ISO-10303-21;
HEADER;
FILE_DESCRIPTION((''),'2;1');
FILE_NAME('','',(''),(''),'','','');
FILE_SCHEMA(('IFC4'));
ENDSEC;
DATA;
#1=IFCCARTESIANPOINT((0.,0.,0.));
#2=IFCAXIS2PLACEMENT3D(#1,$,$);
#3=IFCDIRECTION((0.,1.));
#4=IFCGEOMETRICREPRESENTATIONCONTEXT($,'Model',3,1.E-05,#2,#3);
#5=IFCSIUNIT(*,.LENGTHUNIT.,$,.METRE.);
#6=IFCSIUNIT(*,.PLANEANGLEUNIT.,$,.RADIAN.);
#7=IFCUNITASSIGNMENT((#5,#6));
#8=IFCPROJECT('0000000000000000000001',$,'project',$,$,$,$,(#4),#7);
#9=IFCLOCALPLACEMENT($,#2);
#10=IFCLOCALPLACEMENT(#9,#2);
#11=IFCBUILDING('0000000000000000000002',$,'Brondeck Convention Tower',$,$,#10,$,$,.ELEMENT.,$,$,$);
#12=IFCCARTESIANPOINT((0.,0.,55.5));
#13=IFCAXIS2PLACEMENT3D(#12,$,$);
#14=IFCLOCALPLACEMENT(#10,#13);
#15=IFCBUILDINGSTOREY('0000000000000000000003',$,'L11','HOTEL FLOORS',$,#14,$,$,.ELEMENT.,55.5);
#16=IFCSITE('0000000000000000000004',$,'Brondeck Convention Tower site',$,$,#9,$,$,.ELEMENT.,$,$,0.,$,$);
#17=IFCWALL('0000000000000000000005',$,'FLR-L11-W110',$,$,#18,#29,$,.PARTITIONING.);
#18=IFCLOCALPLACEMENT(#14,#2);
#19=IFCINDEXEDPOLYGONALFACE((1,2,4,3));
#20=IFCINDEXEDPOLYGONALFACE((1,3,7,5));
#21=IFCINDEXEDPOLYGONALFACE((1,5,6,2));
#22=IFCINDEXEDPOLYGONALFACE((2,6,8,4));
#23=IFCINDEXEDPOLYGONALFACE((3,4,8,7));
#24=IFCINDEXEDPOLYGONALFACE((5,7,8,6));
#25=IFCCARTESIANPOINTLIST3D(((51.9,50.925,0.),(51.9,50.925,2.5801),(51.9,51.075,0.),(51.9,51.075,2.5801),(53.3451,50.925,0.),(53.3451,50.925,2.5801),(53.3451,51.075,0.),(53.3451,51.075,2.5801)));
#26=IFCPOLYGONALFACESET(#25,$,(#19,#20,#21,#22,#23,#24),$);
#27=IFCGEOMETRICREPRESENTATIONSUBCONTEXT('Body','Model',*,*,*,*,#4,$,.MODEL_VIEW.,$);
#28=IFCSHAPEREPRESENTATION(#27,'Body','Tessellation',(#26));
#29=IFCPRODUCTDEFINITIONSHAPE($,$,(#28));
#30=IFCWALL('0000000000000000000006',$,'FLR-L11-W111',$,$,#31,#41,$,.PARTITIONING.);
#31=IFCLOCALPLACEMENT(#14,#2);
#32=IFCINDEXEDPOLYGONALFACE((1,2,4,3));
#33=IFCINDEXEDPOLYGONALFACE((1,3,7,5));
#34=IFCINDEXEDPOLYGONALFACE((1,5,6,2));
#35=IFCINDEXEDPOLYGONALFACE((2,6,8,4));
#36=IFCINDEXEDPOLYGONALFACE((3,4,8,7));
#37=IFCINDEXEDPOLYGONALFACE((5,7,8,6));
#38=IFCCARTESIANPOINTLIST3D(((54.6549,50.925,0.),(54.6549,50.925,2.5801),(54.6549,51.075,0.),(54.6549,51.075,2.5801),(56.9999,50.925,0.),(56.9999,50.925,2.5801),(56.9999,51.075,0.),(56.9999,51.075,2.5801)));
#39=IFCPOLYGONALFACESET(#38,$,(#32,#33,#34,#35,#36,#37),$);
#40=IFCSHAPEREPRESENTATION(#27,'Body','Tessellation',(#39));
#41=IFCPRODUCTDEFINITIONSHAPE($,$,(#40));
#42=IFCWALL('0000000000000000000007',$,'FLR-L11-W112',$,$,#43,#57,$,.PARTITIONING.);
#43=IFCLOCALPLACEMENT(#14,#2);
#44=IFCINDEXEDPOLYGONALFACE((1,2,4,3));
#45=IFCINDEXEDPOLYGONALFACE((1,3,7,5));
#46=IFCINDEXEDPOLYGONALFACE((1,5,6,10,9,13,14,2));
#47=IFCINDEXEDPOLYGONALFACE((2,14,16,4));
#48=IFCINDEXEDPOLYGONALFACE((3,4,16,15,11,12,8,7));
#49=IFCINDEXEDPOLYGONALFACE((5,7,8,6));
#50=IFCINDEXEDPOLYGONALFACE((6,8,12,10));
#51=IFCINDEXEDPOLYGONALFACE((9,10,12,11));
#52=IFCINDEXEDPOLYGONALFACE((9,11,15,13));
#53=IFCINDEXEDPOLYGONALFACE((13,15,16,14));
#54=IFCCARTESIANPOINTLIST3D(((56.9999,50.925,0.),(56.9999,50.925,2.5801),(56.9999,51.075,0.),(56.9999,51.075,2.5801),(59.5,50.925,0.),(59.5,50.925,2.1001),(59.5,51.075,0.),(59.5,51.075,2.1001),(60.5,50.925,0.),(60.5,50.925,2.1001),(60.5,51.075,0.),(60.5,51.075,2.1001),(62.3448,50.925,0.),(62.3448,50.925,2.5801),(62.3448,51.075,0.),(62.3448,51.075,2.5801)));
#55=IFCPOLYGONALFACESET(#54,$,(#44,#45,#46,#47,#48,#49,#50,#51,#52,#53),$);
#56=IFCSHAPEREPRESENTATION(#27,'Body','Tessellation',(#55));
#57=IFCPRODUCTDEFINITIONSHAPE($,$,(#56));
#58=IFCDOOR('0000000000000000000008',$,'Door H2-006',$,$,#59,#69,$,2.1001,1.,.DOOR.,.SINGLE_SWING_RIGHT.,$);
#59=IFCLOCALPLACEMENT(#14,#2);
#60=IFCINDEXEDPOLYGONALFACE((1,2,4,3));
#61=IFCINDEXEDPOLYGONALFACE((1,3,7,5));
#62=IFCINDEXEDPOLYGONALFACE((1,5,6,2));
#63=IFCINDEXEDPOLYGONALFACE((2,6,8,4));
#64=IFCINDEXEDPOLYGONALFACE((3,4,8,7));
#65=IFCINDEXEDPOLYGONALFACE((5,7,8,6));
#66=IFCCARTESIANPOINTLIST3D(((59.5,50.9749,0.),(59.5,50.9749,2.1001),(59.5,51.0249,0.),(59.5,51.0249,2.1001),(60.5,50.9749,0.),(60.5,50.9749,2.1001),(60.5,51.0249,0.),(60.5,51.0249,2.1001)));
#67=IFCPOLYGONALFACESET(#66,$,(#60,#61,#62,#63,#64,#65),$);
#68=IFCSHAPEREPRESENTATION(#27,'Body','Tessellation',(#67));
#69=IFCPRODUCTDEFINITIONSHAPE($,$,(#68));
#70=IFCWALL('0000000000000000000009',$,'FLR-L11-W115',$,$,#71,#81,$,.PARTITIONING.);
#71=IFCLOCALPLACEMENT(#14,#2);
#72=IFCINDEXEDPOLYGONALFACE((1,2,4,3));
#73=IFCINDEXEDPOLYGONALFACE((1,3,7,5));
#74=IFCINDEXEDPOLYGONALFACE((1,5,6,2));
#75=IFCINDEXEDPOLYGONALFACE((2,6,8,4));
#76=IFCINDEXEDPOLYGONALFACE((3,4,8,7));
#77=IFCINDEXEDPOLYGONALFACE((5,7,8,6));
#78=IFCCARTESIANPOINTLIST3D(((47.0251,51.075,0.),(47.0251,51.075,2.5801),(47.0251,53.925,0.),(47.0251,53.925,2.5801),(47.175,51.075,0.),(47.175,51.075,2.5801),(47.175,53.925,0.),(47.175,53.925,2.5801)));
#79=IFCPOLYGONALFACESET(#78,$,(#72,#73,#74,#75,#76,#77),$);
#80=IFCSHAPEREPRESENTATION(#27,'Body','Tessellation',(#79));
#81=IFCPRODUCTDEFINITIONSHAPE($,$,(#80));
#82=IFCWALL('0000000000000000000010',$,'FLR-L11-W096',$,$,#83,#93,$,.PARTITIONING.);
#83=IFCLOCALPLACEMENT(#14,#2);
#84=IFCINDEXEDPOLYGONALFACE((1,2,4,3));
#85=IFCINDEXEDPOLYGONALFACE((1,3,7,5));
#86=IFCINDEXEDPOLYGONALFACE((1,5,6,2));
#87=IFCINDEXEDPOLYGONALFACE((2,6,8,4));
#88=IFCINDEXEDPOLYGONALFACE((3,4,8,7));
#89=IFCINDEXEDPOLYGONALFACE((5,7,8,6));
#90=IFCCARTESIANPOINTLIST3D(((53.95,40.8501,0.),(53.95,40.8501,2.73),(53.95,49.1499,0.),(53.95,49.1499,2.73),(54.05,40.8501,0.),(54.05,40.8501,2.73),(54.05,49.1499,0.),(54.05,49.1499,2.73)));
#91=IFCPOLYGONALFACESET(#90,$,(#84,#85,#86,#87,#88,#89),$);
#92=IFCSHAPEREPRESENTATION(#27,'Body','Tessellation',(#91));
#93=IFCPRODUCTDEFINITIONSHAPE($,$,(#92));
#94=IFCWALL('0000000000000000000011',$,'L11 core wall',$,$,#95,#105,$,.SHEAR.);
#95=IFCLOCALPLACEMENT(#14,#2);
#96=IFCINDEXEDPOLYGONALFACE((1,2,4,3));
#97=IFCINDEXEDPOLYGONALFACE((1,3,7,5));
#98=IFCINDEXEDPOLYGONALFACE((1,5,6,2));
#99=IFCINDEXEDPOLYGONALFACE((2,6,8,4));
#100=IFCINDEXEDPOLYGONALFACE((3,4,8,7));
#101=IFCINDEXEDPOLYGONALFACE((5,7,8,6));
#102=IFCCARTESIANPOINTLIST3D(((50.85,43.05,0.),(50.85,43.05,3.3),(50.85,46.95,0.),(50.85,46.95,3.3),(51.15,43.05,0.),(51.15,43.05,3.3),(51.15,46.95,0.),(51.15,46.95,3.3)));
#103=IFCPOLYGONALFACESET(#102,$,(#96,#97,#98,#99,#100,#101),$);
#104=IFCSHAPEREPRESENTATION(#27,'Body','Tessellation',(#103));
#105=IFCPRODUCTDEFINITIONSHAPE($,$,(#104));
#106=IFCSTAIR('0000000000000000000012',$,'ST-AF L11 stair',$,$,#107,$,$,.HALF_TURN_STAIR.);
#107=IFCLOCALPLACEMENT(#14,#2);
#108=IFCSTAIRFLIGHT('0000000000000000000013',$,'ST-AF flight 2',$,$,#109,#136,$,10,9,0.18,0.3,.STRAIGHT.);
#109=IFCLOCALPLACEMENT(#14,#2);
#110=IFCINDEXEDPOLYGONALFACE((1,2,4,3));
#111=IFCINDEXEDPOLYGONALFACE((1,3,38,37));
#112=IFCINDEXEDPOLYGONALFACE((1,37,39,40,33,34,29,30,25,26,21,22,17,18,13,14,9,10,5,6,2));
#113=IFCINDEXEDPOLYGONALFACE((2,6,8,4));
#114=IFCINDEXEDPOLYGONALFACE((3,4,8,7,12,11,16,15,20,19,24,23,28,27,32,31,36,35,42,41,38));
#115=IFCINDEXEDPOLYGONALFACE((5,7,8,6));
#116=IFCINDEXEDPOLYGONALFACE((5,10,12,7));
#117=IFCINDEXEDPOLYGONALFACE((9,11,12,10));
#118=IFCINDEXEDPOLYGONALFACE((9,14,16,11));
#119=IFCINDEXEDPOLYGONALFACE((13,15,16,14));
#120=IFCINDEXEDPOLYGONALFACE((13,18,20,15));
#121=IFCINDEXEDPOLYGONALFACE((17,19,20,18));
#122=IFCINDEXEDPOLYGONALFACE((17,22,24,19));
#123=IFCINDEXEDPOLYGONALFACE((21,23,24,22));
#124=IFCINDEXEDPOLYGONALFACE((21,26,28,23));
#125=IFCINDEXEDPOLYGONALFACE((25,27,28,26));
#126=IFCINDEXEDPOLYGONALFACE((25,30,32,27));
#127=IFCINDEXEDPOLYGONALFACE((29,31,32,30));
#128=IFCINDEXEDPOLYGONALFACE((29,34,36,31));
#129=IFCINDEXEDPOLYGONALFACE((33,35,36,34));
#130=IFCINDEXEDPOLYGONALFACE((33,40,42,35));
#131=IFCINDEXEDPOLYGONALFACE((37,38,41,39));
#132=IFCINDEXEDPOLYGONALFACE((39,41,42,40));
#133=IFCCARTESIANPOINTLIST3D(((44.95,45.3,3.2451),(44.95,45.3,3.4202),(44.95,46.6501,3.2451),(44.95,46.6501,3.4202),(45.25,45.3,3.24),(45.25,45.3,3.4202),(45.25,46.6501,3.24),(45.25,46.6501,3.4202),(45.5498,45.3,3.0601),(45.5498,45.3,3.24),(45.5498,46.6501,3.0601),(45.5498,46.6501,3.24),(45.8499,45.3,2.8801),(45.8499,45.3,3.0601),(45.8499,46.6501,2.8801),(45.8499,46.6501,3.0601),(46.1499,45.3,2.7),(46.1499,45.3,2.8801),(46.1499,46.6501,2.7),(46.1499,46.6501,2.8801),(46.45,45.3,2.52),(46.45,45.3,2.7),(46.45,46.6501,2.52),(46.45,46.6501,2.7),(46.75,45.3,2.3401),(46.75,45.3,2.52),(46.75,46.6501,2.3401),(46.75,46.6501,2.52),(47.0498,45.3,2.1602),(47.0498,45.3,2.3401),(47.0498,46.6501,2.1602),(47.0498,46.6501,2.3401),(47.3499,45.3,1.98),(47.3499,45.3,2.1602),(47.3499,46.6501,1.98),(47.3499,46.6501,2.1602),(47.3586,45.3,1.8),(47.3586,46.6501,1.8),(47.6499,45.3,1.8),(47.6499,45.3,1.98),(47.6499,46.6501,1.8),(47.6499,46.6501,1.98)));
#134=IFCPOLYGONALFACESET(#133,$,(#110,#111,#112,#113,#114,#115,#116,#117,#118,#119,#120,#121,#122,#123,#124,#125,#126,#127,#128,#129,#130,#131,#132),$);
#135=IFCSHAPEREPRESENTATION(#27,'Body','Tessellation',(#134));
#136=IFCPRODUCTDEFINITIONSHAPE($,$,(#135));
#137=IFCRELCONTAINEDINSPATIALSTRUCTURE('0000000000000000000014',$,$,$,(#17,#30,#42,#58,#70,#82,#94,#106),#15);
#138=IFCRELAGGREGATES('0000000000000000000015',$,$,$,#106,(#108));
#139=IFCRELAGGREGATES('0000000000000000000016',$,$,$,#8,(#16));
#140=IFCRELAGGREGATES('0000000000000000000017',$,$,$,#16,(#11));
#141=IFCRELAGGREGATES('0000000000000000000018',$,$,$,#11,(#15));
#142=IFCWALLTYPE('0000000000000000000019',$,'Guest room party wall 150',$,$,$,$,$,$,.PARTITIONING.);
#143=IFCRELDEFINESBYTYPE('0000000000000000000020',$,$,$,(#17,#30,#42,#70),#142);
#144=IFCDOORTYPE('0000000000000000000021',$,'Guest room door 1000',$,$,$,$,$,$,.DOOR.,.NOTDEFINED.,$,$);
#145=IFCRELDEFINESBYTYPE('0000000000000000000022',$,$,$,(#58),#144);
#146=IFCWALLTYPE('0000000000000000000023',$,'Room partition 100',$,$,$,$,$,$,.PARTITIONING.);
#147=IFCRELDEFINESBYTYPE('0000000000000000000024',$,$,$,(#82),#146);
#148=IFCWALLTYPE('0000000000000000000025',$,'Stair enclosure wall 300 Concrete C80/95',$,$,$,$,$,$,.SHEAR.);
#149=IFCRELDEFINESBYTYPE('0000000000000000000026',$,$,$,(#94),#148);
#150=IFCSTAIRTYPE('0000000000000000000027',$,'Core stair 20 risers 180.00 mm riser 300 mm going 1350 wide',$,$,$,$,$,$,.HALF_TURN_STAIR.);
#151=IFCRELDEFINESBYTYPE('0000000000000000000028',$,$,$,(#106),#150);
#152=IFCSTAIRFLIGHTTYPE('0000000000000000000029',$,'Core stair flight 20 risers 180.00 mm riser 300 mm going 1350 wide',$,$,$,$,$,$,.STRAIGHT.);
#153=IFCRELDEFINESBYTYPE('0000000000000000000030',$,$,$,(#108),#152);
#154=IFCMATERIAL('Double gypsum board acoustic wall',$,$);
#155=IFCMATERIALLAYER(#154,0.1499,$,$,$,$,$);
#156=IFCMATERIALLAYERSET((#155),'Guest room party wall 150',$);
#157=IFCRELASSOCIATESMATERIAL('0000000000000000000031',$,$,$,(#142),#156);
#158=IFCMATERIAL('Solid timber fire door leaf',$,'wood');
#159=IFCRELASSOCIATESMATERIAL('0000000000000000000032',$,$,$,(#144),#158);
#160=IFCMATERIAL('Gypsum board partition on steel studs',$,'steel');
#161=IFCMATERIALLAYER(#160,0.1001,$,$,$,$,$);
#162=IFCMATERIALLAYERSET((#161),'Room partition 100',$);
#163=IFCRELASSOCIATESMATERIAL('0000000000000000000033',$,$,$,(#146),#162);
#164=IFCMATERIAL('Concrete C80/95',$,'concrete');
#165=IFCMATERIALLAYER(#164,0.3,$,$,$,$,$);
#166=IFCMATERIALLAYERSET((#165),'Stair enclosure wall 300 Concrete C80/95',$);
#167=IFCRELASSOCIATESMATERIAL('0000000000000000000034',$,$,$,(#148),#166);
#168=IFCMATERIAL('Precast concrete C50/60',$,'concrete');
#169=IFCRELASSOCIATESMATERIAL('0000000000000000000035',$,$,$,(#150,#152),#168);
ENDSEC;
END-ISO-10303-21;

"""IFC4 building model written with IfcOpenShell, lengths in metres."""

from ifc_helpers import new_model, si_unit, direction, frame, frame_2d, origin, place, context, subcontext, project, spatial, polyline, rectangle, outline, extrude, material, layer, layer_set, type_object, element, fill, aggregate, save


model = new_model("IFC4")

# Units and contexts
model_context = context("Model", 3, precision=1e-05, world=origin(), true_north=direction((0.0, 1.0)))
body_context = subcontext(model_context, "Body", "Model", "MODEL_VIEW")
ifc_project = project(units=[si_unit("LENGTHUNIT", "METRE"), si_unit("PLANEANGLEUNIT", "RADIAN")], contexts=[model_context])

# Site, building, storey
site_placement = place(None, origin())
site = spatial("IfcSite", under=ifc_project, at=site_placement, Name="Brondeck Convention Tower site", CompositionType="ELEMENT", RefElevation=0.0)
building_placement = place(site_placement, origin())
building = spatial("IfcBuilding", under=site, at=building_placement, Name="Brondeck Convention Tower", CompositionType="ELEMENT")
storey_placement = place(building_placement, frame((0.0, 0.0, 55.5)))
storey = spatial("IfcBuildingStorey", under=building, at=storey_placement, Name="L11", Description="HOTEL FLOORS", CompositionType="ELEMENT", Elevation=55.5)

# Shared definitions
ifc_material_1 = material(Name="Concrete C80/95", Category="concrete")

# Shared definitions
ifc_material_2 = material(Name="Double gypsum board acoustic wall")
ifc_layer_1 = layer(ifc_material_2, 0.1499)
ifc_layer_set_1 = layer_set([ifc_layer_1], Name="Guest room party wall 150")
wall_type_1 = type_object("IfcWallType", Name="Guest room party wall 150", PredefinedType="PARTITIONING", material=ifc_layer_set_1)

# Shared definitions
ifc_material_3 = material(Name="Solid timber fire door leaf", Category="wood")
door_type = type_object("IfcDoorType", Name="Guest room door 1000", OperationType="NOTDEFINED", PredefinedType="DOOR", material=ifc_material_3)

# Walls
wall_1_placement = place(storey_placement, frame((51.8999, 51.0, 0.0), z_axis=(0.0, 0.0, 1.0), x_axis=(1.0, 0.0, 0.0)))
element("IfcWall", 1, at=wall_1_placement, inside=storey, type_object=wall_type_1, Name="FLR-L11-W110", PredefinedType="PARTITIONING", context=body_context, shape_type="SweptSolid", body=[
    extrude(rectangle(XDim=1.4451, YDim=0.1499, at=frame_2d((0.7227, 0.0))), origin(), (0.0, 0.0, 1.0), 2.5801),
])
wall_2_placement = place(storey_placement, frame((54.655, 51.0, 0.0), z_axis=(0.0, 0.0, 1.0), x_axis=(1.0, 0.0, 0.0)))
element("IfcWall", 2, at=wall_2_placement, inside=storey, type_object=wall_type_1, Name="FLR-L11-W111", PredefinedType="PARTITIONING", context=body_context, shape_type="SweptSolid", body=[
    extrude(rectangle(XDim=2.345, YDim=0.1499, at=frame_2d((1.1724, 0.0))), origin(), (0.0, 0.0, 1.0), 2.5801),
])

# Wall, opening, door
wall_3_placement = place(storey_placement, frame((57.0, 51.0, 0.0), z_axis=(0.0, 0.0, 1.0), x_axis=(1.0, 0.0, 0.0)))
wall_3 = element("IfcWall", 3, at=wall_3_placement, inside=storey, type_object=wall_type_1, Name="FLR-L11-W112", PredefinedType="PARTITIONING", context=body_context, shape_type="SweptSolid", body=[
    extrude(rectangle(XDim=5.345, YDim=0.1499, at=frame_2d((2.6724, 0.0))), origin(), (0.0, 0.0, 1.0), 2.5801),
])
opening_1_placement = place(wall_3_placement, frame((2.5, 0.0, 0.0)))
opening_1 = element("IfcOpeningElement", 4, at=opening_1_placement, cuts=wall_3, PredefinedType="OPENING", context=body_context, shape_type="SweptSolid", body=[
    extrude(rectangle(XDim=1.0, YDim=2.1001, at=frame_2d((0.5, 1.05))), frame((0.0, 0.085, 0.0), z_axis=(0.0, -1.0, 0.0), x_axis=(1.0, 0.0, 0.0)), (0.0, 0.0, 1.0), 0.1699),
])
door_1_placement = place(opening_1_placement, origin())
door_1 = element("IfcDoor", 5, at=door_1_placement, inside=storey, type_object=door_type, Name="Door H2-006", OperationType="SINGLE_SWING_RIGHT", OverallHeight=2.1001, OverallWidth=1.0, PredefinedType="DOOR", context=body_context, shape_type="SweptSolid", body=[
    extrude(rectangle(XDim=1.0, YDim=2.1001, at=frame_2d((0.5, 1.05))), frame((0.0, 0.0249, 0.0), z_axis=(0.0, -1.0, 0.0), x_axis=(1.0, 0.0, 0.0)), (0.0, 0.0, 1.0), 0.05),
])
fill(opening_1, door_1)

# Walls
wall_4_placement = place(storey_placement, frame((47.1001, 51.075, 0.0), z_axis=(0.0, 0.0, 1.0), x_axis=(0.0, 1.0, 0.0)))
element("IfcWall", 6, at=wall_4_placement, inside=storey, type_object=wall_type_1, Name="FLR-L11-W115", PredefinedType="PARTITIONING", context=body_context, shape_type="SweptSolid", body=[
    extrude(rectangle(XDim=2.8501, YDim=0.1499, at=frame_2d((1.425, 0.0))), origin(), (0.0, 0.0, 1.0), 2.5801),
])
ifc_material_4 = material(Name="Gypsum board partition on steel studs", Category="steel")
ifc_layer_2 = layer(ifc_material_4, 0.1001)
ifc_layer_set_2 = layer_set([ifc_layer_2], Name="Room partition 100")
wall_type_2 = type_object("IfcWallType", Name="Room partition 100", PredefinedType="PARTITIONING", material=ifc_layer_set_2)
wall_5_placement = place(storey_placement, frame((54.0, 49.1499, 0.0), z_axis=(0.0, 0.0, 1.0), x_axis=(0.0, -1.0, 0.0)))
element("IfcWall", 7, at=wall_5_placement, inside=storey, type_object=wall_type_2, Name="FLR-L11-W096", PredefinedType="PARTITIONING", context=body_context, shape_type="SweptSolid", body=[
    extrude(rectangle(XDim=8.2998, YDim=0.1001, at=frame_2d((4.1499, 0.0))), origin(), (0.0, 0.0, 1.0), 2.73),
])
ifc_layer_3 = layer(ifc_material_1, 0.3)
ifc_layer_set_3 = layer_set([ifc_layer_3], Name="Stair enclosure wall 300 Concrete C80/95")
wall_type_3 = type_object("IfcWallType", Name="Stair enclosure wall 300 Concrete C80/95", PredefinedType="SHEAR", material=ifc_layer_set_3)
wall_6_placement = place(storey_placement, frame((51.0, 43.05, 0.0), z_axis=(0.0, 0.0, 1.0), x_axis=(0.0, 1.0, 0.0)))
element("IfcWall", 8, at=wall_6_placement, inside=storey, type_object=wall_type_3, Name="L11 core wall", PredefinedType="SHEAR", context=body_context, shape_type="SweptSolid", body=[
    extrude(rectangle(XDim=3.8999, YDim=0.3, at=frame_2d((1.95, 0.0))), origin(), (0.0, 0.0, 1.0), 3.3),
])

# Stair, stair flight
ifc_material_5 = material(Name="Precast concrete C50/60", Category="concrete")
stair_type = type_object("IfcStairType", Name="Core stair 20 risers 180.00 mm riser 300 mm going 1350 wide", PredefinedType="HALF_TURN_STAIR", material=ifc_material_5)
stair_placement = place(storey_placement, origin())
stair = element("IfcStair", 9, at=stair_placement, inside=storey, type_object=stair_type, Name="ST-AF L11 stair", PredefinedType="HALF_TURN_STAIR")
stair_flight_type = type_object("IfcStairFlightType", Name="Core stair flight 20 risers 180.00 mm riser 300 mm going 1350 wide", PredefinedType="STRAIGHT", material=ifc_material_5)
stair_flight_placement = place(storey_placement, frame((47.6499, 45.9751, 1.8), z_axis=(0.0, 0.0, 1.0), x_axis=(-1.0, 0.0, 0.0)))
stair_flight = element("IfcStairFlight", 10, at=stair_flight_placement, type_object=stair_flight_type, Name="ST-AF flight 2", NumberOfRisers=10, NumberOfTreads=9, PredefinedType="STRAIGHT", RiserHeight=0.18, TreadLength=0.3, context=body_context, shape_type="SweptSolid", body=[
    extrude(outline(polyline([(0.0, 0.0), (0.0, 0.1799), (0.3, 0.1799), (0.3, 0.3601), (0.6001, 0.3601), (0.6001, 0.54), (0.8999, 0.54), (0.8999, 0.72), (1.2, 0.72), (1.2, 0.8999), (1.5, 0.8999), (1.5, 1.0801), (1.8, 1.0801), (1.8, 1.26), (2.1001, 1.26), (2.1001, 1.4399), (2.3999, 1.4399), (2.3999, 1.6201), (2.7, 1.6201), (2.7, 1.8), (2.7, 1.4451), (0.2913, 0.0), (0.0, 0.0)])), frame((0.0, 0.675, 0.0), z_axis=(0.0, -1.0, 0.0), x_axis=(1.0, 0.0, 0.0)), (0.0, 0.0, 1.0), 1.3501),
])
aggregate(stair, [stair_flight])

save(model, "model.ifc")
